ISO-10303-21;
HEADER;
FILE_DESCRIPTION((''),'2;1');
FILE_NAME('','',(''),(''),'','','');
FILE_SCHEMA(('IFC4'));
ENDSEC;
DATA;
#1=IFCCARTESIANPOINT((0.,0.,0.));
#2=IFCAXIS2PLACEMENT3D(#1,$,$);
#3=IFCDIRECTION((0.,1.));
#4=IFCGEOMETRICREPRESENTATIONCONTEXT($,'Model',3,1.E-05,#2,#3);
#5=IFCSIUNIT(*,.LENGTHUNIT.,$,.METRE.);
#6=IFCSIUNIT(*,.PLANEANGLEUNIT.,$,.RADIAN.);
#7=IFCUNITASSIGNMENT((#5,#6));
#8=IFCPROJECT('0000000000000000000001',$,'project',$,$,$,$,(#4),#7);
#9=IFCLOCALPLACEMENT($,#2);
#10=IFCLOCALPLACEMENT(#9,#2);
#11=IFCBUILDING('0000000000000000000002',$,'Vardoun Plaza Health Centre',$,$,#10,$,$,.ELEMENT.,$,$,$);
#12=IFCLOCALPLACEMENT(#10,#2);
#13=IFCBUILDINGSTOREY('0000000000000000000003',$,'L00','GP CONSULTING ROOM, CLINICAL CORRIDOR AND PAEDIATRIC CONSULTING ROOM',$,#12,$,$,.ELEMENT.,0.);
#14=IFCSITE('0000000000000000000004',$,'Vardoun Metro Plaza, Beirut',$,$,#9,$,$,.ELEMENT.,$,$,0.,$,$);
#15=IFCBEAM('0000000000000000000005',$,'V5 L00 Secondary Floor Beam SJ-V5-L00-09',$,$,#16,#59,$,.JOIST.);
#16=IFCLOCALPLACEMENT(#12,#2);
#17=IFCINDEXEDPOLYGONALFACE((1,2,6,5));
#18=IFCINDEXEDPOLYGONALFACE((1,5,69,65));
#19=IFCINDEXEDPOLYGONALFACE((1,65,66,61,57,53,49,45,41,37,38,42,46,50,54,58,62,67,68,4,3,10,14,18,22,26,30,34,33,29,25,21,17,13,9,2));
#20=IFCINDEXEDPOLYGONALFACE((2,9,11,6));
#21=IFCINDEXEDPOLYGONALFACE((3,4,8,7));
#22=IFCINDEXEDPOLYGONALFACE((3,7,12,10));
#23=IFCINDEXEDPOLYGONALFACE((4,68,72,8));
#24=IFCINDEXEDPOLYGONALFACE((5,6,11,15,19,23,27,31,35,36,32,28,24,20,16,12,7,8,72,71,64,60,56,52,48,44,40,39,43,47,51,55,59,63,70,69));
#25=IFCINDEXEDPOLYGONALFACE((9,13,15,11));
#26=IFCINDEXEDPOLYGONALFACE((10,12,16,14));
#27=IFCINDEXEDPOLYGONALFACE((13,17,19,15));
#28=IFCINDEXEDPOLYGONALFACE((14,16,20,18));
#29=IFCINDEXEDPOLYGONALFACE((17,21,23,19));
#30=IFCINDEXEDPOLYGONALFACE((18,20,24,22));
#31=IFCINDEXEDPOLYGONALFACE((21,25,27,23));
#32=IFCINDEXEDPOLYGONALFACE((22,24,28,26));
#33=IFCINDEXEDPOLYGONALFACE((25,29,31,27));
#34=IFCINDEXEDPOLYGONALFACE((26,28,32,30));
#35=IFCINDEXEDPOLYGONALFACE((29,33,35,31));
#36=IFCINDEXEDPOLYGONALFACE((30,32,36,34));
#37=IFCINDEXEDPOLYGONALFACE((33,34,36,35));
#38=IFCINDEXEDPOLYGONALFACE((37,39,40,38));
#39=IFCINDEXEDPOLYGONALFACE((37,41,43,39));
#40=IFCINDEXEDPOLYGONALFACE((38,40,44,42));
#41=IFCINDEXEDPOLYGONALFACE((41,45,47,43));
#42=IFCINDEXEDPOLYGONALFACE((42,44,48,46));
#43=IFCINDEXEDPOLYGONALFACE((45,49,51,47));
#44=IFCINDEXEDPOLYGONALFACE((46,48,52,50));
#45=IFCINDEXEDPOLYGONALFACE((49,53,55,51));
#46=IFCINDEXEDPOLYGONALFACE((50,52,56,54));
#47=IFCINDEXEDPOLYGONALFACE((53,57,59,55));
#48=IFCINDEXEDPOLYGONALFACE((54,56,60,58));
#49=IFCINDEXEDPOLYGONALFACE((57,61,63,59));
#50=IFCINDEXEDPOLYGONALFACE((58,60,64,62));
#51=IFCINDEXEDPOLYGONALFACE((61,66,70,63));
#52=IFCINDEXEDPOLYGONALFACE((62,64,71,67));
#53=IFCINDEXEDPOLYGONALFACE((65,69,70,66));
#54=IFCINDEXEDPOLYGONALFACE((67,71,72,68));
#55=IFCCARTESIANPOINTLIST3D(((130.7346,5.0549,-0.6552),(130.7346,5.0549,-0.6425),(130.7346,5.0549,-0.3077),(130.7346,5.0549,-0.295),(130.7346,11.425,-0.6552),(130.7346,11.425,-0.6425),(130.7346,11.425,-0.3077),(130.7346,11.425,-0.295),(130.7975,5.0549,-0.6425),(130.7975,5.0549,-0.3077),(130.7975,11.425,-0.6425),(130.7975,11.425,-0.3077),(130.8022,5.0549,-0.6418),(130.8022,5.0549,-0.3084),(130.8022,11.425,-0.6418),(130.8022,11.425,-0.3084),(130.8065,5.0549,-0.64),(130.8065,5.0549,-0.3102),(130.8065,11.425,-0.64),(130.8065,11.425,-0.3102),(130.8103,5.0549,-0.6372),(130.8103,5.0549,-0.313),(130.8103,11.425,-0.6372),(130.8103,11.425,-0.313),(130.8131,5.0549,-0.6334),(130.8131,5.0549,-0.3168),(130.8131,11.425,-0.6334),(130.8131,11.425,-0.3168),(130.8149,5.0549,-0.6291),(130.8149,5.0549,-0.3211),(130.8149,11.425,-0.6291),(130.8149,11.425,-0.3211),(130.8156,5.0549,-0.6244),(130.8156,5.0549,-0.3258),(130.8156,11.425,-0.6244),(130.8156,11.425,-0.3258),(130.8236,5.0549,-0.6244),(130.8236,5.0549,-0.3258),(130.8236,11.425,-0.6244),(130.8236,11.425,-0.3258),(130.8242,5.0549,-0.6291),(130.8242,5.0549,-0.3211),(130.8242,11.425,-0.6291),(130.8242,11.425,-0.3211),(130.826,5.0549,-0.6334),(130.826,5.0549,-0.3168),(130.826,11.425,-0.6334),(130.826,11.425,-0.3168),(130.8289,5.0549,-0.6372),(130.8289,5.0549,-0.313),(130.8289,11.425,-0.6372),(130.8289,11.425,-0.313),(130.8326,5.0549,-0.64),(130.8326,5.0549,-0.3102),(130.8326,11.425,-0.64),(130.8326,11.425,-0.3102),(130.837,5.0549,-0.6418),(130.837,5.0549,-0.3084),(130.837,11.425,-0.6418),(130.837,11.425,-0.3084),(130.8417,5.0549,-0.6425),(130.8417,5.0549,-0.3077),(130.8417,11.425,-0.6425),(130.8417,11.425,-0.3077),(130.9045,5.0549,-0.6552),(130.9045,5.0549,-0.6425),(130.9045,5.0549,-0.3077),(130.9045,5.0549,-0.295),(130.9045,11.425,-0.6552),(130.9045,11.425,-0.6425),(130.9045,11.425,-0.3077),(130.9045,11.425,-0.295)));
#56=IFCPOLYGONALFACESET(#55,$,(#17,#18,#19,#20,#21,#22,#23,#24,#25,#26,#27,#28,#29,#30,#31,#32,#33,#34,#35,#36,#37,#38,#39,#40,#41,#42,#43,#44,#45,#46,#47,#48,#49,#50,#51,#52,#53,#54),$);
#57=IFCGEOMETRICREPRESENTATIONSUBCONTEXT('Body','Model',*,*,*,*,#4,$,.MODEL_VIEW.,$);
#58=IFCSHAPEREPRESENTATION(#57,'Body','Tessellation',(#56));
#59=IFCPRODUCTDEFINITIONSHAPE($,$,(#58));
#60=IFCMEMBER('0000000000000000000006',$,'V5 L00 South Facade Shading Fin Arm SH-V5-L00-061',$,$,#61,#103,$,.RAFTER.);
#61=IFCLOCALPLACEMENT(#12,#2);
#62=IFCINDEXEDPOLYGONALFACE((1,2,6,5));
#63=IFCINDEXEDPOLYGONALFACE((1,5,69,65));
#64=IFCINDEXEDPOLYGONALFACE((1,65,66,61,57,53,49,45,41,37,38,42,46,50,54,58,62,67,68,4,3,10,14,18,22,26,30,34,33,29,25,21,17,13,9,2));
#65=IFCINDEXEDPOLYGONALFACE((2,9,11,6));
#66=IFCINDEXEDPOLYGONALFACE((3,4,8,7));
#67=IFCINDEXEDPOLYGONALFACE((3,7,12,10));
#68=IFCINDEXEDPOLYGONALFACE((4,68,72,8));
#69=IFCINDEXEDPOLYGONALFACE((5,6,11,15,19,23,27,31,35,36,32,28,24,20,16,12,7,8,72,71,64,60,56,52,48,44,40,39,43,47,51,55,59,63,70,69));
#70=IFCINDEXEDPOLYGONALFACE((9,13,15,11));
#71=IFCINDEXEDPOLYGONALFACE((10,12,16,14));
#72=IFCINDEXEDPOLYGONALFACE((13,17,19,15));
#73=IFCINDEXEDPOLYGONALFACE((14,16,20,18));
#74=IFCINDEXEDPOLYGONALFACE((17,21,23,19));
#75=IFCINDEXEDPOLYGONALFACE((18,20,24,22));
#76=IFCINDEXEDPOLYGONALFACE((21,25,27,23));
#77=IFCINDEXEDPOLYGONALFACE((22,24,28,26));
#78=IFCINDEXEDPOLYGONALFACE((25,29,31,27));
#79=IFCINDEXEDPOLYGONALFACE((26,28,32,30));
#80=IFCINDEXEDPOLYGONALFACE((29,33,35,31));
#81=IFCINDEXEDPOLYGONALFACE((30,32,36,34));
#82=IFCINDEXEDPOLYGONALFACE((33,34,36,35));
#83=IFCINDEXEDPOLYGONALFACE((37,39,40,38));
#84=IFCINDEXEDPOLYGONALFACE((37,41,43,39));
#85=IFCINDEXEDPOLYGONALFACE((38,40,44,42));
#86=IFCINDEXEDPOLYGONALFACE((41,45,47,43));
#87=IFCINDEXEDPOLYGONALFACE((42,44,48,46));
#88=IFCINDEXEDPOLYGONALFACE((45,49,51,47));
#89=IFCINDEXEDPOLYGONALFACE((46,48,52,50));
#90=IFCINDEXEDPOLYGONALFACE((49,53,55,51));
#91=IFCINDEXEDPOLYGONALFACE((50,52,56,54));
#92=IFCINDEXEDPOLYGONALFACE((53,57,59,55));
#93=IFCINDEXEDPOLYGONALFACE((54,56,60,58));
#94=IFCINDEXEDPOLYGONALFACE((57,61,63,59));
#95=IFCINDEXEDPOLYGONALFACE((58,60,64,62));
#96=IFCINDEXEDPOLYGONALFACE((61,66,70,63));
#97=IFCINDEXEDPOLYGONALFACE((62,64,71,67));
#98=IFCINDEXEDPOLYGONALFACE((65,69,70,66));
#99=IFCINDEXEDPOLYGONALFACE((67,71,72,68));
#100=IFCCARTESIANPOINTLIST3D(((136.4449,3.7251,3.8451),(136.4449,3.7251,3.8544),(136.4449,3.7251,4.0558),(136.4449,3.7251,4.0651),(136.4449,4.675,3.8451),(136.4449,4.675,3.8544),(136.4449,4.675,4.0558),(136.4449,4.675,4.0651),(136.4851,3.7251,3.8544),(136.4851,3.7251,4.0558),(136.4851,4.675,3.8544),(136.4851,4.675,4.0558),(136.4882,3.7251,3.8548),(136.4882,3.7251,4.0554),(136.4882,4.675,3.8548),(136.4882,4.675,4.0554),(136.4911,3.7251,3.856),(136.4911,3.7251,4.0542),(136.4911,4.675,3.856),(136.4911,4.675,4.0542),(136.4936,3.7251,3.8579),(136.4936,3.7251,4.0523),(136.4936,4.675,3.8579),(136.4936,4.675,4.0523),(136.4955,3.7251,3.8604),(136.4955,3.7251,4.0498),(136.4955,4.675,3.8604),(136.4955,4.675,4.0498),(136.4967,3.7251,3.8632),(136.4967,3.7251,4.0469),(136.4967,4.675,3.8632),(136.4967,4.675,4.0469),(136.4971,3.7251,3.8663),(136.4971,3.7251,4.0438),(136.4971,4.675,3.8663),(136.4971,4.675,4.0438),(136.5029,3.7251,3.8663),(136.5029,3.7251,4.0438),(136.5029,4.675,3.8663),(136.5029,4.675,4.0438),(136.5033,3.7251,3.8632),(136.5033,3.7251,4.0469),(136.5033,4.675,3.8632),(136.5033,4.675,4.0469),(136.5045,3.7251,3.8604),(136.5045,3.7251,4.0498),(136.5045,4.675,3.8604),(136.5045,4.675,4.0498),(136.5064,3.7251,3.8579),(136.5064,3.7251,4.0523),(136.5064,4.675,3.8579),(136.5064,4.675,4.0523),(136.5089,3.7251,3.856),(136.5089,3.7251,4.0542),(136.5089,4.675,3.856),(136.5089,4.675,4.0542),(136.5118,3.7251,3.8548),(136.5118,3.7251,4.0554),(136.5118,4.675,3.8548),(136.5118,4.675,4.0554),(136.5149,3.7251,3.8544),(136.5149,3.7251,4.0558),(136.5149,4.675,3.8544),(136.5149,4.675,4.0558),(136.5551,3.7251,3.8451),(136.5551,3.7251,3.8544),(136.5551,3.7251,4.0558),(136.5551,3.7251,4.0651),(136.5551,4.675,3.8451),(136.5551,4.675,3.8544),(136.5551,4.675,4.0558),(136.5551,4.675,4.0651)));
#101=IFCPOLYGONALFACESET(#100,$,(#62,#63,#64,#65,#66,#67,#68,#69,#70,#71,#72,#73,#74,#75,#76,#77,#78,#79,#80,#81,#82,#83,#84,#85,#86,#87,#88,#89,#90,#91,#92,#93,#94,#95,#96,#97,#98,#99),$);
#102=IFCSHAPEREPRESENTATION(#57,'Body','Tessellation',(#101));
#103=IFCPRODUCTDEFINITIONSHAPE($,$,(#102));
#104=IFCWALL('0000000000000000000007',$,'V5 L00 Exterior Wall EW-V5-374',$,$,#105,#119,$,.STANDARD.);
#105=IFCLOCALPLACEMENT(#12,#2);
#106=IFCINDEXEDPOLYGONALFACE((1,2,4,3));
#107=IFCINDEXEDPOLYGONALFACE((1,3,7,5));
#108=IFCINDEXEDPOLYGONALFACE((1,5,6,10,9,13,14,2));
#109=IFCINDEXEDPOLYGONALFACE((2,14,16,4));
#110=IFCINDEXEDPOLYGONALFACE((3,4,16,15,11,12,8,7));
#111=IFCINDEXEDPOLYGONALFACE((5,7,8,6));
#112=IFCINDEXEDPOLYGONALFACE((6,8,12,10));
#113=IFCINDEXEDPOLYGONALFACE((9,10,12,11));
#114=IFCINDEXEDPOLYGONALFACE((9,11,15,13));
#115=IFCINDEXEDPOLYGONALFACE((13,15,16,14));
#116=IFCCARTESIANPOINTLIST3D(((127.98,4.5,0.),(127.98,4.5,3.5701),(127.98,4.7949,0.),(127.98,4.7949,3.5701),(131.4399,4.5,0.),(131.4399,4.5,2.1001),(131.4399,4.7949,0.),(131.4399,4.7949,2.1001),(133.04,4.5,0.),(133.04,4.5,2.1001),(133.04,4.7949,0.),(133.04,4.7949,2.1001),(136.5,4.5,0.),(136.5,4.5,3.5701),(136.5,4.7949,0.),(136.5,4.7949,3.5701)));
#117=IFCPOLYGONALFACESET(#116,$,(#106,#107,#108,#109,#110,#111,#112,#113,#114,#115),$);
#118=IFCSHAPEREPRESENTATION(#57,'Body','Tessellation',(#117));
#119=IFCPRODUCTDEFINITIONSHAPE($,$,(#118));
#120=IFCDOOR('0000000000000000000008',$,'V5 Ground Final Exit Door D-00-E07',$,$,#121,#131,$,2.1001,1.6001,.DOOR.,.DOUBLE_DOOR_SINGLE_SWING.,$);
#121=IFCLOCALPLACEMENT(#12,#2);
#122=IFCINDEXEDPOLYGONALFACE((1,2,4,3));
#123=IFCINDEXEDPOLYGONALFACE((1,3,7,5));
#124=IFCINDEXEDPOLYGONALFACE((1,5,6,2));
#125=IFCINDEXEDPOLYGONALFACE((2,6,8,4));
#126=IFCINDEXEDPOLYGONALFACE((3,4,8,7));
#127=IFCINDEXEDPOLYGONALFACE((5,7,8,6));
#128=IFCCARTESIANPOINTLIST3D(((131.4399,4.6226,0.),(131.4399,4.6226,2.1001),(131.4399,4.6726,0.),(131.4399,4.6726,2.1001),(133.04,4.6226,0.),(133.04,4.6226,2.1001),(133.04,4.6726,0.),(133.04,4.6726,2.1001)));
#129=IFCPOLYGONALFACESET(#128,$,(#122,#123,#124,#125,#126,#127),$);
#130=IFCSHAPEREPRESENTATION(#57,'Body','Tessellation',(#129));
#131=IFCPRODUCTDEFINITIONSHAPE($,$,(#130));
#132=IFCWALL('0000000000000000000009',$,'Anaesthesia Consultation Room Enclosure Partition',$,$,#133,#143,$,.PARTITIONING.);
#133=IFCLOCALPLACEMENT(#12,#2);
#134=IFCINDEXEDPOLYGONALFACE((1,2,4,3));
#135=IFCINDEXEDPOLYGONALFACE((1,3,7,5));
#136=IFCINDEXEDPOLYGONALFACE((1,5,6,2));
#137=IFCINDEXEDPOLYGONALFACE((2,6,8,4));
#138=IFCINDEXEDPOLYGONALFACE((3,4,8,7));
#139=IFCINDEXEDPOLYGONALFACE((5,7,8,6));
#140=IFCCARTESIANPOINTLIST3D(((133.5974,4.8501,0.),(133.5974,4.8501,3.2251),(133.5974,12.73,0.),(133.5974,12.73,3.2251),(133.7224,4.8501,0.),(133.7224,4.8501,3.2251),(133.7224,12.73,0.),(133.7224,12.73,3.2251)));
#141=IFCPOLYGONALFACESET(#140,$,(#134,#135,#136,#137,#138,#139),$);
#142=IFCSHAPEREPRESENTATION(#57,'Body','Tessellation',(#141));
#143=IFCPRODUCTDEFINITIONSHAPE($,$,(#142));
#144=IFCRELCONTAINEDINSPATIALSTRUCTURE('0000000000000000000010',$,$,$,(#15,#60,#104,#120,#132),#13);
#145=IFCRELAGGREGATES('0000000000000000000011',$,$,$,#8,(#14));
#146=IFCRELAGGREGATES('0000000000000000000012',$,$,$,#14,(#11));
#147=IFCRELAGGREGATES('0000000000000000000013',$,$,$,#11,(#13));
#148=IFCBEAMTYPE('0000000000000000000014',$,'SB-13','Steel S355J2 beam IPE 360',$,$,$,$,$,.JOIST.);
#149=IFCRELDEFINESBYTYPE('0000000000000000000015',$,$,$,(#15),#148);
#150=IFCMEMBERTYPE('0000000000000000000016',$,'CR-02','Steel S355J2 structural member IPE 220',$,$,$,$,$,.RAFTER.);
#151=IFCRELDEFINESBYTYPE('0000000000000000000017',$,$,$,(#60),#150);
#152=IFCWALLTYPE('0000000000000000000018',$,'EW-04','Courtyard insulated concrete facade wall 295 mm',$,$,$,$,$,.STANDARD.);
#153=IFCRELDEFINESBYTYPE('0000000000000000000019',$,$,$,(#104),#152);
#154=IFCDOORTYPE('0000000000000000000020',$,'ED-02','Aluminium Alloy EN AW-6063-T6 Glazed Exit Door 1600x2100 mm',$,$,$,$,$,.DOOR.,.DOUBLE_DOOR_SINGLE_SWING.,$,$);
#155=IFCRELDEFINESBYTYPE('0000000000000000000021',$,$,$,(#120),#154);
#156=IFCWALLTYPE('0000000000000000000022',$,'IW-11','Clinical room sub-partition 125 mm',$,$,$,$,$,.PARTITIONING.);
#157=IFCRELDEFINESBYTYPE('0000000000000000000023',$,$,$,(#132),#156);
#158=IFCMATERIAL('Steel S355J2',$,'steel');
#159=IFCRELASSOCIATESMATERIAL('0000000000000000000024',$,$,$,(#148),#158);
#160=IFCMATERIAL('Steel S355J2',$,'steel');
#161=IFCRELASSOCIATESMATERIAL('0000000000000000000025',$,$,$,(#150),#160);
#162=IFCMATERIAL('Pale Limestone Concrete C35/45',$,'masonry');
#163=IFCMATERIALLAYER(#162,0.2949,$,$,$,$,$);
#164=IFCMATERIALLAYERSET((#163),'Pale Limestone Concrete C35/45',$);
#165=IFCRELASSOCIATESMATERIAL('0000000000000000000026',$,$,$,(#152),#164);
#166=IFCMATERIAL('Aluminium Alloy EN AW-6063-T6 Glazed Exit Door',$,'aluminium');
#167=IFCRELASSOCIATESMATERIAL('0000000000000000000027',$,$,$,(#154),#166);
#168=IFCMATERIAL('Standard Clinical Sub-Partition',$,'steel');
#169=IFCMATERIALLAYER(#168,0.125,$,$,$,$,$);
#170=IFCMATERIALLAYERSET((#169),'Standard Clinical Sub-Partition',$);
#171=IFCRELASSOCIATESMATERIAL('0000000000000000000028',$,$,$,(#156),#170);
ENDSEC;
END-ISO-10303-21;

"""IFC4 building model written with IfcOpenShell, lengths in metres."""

from ifc_helpers import new_model, si_unit, direction, frame, frame_2d, origin, origin_2d, place, context, subcontext, project, spatial, rectangle, i_section, extrude, material, layer, layer_set, material_profile, profile_set, type_object, element, fill, save


model = new_model("IFC4")

# Units and contexts
model_context = context("Model", 3, precision=1e-05, world=origin(), true_north=direction((0.0, 1.0)))
body_context = subcontext(model_context, "Body", "Model", "MODEL_VIEW")
ifc_project = project(units=[si_unit("LENGTHUNIT", "METRE"), si_unit("PLANEANGLEUNIT", "RADIAN")], contexts=[model_context])

# Site, building, storey
site_placement = place(None, origin())
site = spatial("IfcSite", under=ifc_project, at=site_placement, Name="Vardoun Metro Plaza, Beirut", CompositionType="ELEMENT", RefElevation=0.0)
building_placement = place(site_placement, origin())
building = spatial("IfcBuilding", under=site, at=building_placement, Name="Vardoun Plaza Health Centre", CompositionType="ELEMENT")
storey_placement = place(building_placement, origin())
storey = spatial("IfcBuildingStorey", under=building, at=storey_placement, Name="L00", Description="GP CONSULTING ROOM, CLINICAL CORRIDOR AND PAEDIATRIC CONSULTING ROOM", CompositionType="ELEMENT", Elevation=0.0)

# Beam
ifc_material_1 = material(Name="Steel S355J2", Category="steel")
ifc_material_profile_1 = material_profile(ifc_material_1, i_section(OverallWidth=0.1699, OverallDepth=0.3601, WebThickness=0.0081, FlangeThickness=0.0127, FilletRadius=0.0181, at=origin_2d()), Name="IPE 360")
ifc_profile_set_1 = profile_set([ifc_material_profile_1], Name="Steel S355J2")
beam_type_1 = type_object("IfcBeamType", Name="SB-13", Description="Steel S355J2 beam IPE 360", PredefinedType="JOIST", material=ifc_profile_set_1)
beam_1_placement = place(storey_placement, frame((130.8196, 5.0549, -0.4751), z_axis=(0.0, 1.0, 0.0), x_axis=(-1.0, 0.0, 0.0)))
element("IfcBeam", 1, at=beam_1_placement, inside=storey, type_object=beam_type_1, Name="V5 L00 Secondary Floor Beam SJ-V5-L00-09", PredefinedType="JOIST", context=body_context, shape_type="SweptSolid", body=[
    extrude(i_section(OverallWidth=0.1699, OverallDepth=0.3601, WebThickness=0.0081, FlangeThickness=0.0127, FilletRadius=0.0181, at=origin_2d()), origin(), (0.0, 0.0, 1.0), 6.3701),
])

# Member
ifc_material_2 = material(Name="Steel S355J2", Category="steel")
ifc_material_profile_2 = material_profile(ifc_material_2, i_section(OverallWidth=0.1101, OverallDepth=0.22, WebThickness=0.0059, FlangeThickness=0.0093, FilletRadius=0.012, at=origin_2d()), Name="IPE 220")
ifc_profile_set_2 = profile_set([ifc_material_profile_2], Name="Steel S355J2")
member_type = type_object("IfcMemberType", Name="CR-02", Description="Steel S355J2 structural member IPE 220", PredefinedType="RAFTER", material=ifc_profile_set_2)
member_placement = place(storey_placement, frame((136.5, 4.675, 3.9551), z_axis=(0.0, -1.0, 0.0), x_axis=(1.0, 0.0, 0.0)))
element("IfcMember", 2, at=member_placement, inside=storey, type_object=member_type, Name="V5 L00 South Facade Shading Fin Arm SH-V5-L00-061", PredefinedType="RAFTER", context=body_context, shape_type="SweptSolid", body=[
    extrude(i_section(OverallWidth=0.1101, OverallDepth=0.22, WebThickness=0.0059, FlangeThickness=0.0093, FilletRadius=0.012, at=origin_2d()), origin(), (0.0, 0.0, 1.0), 0.95),
])

# Wall, opening, door
ifc_material_3 = material(Name="Pale Limestone Concrete C35/45", Category="masonry")
ifc_layer_1 = layer(ifc_material_3, 0.2949)
ifc_layer_set_1 = layer_set([ifc_layer_1], Name="Pale Limestone Concrete C35/45")
wall_type_1 = type_object("IfcWallType", Name="EW-04", Description="Courtyard insulated concrete facade wall 295 mm", PredefinedType="STANDARD", material=ifc_layer_set_1)
wall_1_placement = place(storey_placement, frame((136.5, 4.6475, 0.0), z_axis=(0.0, 0.0, 1.0), x_axis=(-1.0, 0.0, 0.0)))
wall_1 = element("IfcWall", 3, at=wall_1_placement, inside=storey, type_object=wall_type_1, Name="V5 L00 Exterior Wall EW-V5-374", PredefinedType="STANDARD", context=body_context, shape_type="SweptSolid", body=[
    extrude(rectangle(XDim=8.52, YDim=0.2949, at=frame_2d((4.26, 0.0))), origin(), (0.0, 0.0, 1.0), 3.5701),
])
opening_placement = place(wall_1_placement, frame((3.46, 0.0, 0.0)))
opening = element("IfcOpeningElement", 4, at=opening_placement, cuts=wall_1, PredefinedType="OPENING", context=body_context, shape_type="SweptSolid", body=[
    extrude(rectangle(XDim=1.6001, YDim=2.1001, at=frame_2d((0.8, 1.05))), frame((0.0, 0.1475, 0.0), z_axis=(0.0, -1.0, 0.0), x_axis=(1.0, 0.0, 0.0)), (0.0, 0.0, 1.0), 0.2949),
])
ifc_material_4 = material(Name="Aluminium Alloy EN AW-6063-T6 Glazed Exit Door", Category="aluminium")
door_type = type_object("IfcDoorType", Name="ED-02", Description="Aluminium Alloy EN AW-6063-T6 Glazed Exit Door 1600x2100 mm", OperationType="DOUBLE_DOOR_SINGLE_SWING", PredefinedType="DOOR", material=ifc_material_4)
door_placement = place(opening_placement, origin())
door = element("IfcDoor", 5, at=door_placement, inside=storey, type_object=door_type, Name="V5 Ground Final Exit Door D-00-E07", OperationType="DOUBLE_DOOR_SINGLE_SWING", OverallHeight=2.1001, OverallWidth=1.6001, PredefinedType="DOOR", context=body_context, shape_type="SweptSolid", body=[
    extrude(rectangle(XDim=1.6001, YDim=2.1001, at=frame_2d((0.8, 1.05))), frame((0.0, 0.0249, 0.0), z_axis=(0.0, -1.0, 0.0), x_axis=(1.0, 0.0, 0.0)), (0.0, 0.0, 1.0), 0.05),
])
fill(opening, door)

# Wall
ifc_material_5 = material(Name="Standard Clinical Sub-Partition", Category="steel")
ifc_layer_2 = layer(ifc_material_5, 0.125)
ifc_layer_set_2 = layer_set([ifc_layer_2], Name="Standard Clinical Sub-Partition")
wall_type_2 = type_object("IfcWallType", Name="IW-11", Description="Clinical room sub-partition 125 mm", PredefinedType="PARTITIONING", material=ifc_layer_set_2)
wall_2_placement = place(storey_placement, frame((133.6599, 4.8501, 0.0), z_axis=(0.0, 0.0, 1.0), x_axis=(0.0, 1.0, 0.0)))
element("IfcWall", 6, at=wall_2_placement, inside=storey, type_object=wall_type_2, Name="Anaesthesia Consultation Room Enclosure Partition", PredefinedType="PARTITIONING", context=body_context, shape_type="SweptSolid", body=[
    extrude(rectangle(XDim=7.8799, YDim=0.125, at=frame_2d((3.9399, 0.0))), origin(), (0.0, 0.0, 1.0), 3.2251),
])

save(model, "model.ifc")
